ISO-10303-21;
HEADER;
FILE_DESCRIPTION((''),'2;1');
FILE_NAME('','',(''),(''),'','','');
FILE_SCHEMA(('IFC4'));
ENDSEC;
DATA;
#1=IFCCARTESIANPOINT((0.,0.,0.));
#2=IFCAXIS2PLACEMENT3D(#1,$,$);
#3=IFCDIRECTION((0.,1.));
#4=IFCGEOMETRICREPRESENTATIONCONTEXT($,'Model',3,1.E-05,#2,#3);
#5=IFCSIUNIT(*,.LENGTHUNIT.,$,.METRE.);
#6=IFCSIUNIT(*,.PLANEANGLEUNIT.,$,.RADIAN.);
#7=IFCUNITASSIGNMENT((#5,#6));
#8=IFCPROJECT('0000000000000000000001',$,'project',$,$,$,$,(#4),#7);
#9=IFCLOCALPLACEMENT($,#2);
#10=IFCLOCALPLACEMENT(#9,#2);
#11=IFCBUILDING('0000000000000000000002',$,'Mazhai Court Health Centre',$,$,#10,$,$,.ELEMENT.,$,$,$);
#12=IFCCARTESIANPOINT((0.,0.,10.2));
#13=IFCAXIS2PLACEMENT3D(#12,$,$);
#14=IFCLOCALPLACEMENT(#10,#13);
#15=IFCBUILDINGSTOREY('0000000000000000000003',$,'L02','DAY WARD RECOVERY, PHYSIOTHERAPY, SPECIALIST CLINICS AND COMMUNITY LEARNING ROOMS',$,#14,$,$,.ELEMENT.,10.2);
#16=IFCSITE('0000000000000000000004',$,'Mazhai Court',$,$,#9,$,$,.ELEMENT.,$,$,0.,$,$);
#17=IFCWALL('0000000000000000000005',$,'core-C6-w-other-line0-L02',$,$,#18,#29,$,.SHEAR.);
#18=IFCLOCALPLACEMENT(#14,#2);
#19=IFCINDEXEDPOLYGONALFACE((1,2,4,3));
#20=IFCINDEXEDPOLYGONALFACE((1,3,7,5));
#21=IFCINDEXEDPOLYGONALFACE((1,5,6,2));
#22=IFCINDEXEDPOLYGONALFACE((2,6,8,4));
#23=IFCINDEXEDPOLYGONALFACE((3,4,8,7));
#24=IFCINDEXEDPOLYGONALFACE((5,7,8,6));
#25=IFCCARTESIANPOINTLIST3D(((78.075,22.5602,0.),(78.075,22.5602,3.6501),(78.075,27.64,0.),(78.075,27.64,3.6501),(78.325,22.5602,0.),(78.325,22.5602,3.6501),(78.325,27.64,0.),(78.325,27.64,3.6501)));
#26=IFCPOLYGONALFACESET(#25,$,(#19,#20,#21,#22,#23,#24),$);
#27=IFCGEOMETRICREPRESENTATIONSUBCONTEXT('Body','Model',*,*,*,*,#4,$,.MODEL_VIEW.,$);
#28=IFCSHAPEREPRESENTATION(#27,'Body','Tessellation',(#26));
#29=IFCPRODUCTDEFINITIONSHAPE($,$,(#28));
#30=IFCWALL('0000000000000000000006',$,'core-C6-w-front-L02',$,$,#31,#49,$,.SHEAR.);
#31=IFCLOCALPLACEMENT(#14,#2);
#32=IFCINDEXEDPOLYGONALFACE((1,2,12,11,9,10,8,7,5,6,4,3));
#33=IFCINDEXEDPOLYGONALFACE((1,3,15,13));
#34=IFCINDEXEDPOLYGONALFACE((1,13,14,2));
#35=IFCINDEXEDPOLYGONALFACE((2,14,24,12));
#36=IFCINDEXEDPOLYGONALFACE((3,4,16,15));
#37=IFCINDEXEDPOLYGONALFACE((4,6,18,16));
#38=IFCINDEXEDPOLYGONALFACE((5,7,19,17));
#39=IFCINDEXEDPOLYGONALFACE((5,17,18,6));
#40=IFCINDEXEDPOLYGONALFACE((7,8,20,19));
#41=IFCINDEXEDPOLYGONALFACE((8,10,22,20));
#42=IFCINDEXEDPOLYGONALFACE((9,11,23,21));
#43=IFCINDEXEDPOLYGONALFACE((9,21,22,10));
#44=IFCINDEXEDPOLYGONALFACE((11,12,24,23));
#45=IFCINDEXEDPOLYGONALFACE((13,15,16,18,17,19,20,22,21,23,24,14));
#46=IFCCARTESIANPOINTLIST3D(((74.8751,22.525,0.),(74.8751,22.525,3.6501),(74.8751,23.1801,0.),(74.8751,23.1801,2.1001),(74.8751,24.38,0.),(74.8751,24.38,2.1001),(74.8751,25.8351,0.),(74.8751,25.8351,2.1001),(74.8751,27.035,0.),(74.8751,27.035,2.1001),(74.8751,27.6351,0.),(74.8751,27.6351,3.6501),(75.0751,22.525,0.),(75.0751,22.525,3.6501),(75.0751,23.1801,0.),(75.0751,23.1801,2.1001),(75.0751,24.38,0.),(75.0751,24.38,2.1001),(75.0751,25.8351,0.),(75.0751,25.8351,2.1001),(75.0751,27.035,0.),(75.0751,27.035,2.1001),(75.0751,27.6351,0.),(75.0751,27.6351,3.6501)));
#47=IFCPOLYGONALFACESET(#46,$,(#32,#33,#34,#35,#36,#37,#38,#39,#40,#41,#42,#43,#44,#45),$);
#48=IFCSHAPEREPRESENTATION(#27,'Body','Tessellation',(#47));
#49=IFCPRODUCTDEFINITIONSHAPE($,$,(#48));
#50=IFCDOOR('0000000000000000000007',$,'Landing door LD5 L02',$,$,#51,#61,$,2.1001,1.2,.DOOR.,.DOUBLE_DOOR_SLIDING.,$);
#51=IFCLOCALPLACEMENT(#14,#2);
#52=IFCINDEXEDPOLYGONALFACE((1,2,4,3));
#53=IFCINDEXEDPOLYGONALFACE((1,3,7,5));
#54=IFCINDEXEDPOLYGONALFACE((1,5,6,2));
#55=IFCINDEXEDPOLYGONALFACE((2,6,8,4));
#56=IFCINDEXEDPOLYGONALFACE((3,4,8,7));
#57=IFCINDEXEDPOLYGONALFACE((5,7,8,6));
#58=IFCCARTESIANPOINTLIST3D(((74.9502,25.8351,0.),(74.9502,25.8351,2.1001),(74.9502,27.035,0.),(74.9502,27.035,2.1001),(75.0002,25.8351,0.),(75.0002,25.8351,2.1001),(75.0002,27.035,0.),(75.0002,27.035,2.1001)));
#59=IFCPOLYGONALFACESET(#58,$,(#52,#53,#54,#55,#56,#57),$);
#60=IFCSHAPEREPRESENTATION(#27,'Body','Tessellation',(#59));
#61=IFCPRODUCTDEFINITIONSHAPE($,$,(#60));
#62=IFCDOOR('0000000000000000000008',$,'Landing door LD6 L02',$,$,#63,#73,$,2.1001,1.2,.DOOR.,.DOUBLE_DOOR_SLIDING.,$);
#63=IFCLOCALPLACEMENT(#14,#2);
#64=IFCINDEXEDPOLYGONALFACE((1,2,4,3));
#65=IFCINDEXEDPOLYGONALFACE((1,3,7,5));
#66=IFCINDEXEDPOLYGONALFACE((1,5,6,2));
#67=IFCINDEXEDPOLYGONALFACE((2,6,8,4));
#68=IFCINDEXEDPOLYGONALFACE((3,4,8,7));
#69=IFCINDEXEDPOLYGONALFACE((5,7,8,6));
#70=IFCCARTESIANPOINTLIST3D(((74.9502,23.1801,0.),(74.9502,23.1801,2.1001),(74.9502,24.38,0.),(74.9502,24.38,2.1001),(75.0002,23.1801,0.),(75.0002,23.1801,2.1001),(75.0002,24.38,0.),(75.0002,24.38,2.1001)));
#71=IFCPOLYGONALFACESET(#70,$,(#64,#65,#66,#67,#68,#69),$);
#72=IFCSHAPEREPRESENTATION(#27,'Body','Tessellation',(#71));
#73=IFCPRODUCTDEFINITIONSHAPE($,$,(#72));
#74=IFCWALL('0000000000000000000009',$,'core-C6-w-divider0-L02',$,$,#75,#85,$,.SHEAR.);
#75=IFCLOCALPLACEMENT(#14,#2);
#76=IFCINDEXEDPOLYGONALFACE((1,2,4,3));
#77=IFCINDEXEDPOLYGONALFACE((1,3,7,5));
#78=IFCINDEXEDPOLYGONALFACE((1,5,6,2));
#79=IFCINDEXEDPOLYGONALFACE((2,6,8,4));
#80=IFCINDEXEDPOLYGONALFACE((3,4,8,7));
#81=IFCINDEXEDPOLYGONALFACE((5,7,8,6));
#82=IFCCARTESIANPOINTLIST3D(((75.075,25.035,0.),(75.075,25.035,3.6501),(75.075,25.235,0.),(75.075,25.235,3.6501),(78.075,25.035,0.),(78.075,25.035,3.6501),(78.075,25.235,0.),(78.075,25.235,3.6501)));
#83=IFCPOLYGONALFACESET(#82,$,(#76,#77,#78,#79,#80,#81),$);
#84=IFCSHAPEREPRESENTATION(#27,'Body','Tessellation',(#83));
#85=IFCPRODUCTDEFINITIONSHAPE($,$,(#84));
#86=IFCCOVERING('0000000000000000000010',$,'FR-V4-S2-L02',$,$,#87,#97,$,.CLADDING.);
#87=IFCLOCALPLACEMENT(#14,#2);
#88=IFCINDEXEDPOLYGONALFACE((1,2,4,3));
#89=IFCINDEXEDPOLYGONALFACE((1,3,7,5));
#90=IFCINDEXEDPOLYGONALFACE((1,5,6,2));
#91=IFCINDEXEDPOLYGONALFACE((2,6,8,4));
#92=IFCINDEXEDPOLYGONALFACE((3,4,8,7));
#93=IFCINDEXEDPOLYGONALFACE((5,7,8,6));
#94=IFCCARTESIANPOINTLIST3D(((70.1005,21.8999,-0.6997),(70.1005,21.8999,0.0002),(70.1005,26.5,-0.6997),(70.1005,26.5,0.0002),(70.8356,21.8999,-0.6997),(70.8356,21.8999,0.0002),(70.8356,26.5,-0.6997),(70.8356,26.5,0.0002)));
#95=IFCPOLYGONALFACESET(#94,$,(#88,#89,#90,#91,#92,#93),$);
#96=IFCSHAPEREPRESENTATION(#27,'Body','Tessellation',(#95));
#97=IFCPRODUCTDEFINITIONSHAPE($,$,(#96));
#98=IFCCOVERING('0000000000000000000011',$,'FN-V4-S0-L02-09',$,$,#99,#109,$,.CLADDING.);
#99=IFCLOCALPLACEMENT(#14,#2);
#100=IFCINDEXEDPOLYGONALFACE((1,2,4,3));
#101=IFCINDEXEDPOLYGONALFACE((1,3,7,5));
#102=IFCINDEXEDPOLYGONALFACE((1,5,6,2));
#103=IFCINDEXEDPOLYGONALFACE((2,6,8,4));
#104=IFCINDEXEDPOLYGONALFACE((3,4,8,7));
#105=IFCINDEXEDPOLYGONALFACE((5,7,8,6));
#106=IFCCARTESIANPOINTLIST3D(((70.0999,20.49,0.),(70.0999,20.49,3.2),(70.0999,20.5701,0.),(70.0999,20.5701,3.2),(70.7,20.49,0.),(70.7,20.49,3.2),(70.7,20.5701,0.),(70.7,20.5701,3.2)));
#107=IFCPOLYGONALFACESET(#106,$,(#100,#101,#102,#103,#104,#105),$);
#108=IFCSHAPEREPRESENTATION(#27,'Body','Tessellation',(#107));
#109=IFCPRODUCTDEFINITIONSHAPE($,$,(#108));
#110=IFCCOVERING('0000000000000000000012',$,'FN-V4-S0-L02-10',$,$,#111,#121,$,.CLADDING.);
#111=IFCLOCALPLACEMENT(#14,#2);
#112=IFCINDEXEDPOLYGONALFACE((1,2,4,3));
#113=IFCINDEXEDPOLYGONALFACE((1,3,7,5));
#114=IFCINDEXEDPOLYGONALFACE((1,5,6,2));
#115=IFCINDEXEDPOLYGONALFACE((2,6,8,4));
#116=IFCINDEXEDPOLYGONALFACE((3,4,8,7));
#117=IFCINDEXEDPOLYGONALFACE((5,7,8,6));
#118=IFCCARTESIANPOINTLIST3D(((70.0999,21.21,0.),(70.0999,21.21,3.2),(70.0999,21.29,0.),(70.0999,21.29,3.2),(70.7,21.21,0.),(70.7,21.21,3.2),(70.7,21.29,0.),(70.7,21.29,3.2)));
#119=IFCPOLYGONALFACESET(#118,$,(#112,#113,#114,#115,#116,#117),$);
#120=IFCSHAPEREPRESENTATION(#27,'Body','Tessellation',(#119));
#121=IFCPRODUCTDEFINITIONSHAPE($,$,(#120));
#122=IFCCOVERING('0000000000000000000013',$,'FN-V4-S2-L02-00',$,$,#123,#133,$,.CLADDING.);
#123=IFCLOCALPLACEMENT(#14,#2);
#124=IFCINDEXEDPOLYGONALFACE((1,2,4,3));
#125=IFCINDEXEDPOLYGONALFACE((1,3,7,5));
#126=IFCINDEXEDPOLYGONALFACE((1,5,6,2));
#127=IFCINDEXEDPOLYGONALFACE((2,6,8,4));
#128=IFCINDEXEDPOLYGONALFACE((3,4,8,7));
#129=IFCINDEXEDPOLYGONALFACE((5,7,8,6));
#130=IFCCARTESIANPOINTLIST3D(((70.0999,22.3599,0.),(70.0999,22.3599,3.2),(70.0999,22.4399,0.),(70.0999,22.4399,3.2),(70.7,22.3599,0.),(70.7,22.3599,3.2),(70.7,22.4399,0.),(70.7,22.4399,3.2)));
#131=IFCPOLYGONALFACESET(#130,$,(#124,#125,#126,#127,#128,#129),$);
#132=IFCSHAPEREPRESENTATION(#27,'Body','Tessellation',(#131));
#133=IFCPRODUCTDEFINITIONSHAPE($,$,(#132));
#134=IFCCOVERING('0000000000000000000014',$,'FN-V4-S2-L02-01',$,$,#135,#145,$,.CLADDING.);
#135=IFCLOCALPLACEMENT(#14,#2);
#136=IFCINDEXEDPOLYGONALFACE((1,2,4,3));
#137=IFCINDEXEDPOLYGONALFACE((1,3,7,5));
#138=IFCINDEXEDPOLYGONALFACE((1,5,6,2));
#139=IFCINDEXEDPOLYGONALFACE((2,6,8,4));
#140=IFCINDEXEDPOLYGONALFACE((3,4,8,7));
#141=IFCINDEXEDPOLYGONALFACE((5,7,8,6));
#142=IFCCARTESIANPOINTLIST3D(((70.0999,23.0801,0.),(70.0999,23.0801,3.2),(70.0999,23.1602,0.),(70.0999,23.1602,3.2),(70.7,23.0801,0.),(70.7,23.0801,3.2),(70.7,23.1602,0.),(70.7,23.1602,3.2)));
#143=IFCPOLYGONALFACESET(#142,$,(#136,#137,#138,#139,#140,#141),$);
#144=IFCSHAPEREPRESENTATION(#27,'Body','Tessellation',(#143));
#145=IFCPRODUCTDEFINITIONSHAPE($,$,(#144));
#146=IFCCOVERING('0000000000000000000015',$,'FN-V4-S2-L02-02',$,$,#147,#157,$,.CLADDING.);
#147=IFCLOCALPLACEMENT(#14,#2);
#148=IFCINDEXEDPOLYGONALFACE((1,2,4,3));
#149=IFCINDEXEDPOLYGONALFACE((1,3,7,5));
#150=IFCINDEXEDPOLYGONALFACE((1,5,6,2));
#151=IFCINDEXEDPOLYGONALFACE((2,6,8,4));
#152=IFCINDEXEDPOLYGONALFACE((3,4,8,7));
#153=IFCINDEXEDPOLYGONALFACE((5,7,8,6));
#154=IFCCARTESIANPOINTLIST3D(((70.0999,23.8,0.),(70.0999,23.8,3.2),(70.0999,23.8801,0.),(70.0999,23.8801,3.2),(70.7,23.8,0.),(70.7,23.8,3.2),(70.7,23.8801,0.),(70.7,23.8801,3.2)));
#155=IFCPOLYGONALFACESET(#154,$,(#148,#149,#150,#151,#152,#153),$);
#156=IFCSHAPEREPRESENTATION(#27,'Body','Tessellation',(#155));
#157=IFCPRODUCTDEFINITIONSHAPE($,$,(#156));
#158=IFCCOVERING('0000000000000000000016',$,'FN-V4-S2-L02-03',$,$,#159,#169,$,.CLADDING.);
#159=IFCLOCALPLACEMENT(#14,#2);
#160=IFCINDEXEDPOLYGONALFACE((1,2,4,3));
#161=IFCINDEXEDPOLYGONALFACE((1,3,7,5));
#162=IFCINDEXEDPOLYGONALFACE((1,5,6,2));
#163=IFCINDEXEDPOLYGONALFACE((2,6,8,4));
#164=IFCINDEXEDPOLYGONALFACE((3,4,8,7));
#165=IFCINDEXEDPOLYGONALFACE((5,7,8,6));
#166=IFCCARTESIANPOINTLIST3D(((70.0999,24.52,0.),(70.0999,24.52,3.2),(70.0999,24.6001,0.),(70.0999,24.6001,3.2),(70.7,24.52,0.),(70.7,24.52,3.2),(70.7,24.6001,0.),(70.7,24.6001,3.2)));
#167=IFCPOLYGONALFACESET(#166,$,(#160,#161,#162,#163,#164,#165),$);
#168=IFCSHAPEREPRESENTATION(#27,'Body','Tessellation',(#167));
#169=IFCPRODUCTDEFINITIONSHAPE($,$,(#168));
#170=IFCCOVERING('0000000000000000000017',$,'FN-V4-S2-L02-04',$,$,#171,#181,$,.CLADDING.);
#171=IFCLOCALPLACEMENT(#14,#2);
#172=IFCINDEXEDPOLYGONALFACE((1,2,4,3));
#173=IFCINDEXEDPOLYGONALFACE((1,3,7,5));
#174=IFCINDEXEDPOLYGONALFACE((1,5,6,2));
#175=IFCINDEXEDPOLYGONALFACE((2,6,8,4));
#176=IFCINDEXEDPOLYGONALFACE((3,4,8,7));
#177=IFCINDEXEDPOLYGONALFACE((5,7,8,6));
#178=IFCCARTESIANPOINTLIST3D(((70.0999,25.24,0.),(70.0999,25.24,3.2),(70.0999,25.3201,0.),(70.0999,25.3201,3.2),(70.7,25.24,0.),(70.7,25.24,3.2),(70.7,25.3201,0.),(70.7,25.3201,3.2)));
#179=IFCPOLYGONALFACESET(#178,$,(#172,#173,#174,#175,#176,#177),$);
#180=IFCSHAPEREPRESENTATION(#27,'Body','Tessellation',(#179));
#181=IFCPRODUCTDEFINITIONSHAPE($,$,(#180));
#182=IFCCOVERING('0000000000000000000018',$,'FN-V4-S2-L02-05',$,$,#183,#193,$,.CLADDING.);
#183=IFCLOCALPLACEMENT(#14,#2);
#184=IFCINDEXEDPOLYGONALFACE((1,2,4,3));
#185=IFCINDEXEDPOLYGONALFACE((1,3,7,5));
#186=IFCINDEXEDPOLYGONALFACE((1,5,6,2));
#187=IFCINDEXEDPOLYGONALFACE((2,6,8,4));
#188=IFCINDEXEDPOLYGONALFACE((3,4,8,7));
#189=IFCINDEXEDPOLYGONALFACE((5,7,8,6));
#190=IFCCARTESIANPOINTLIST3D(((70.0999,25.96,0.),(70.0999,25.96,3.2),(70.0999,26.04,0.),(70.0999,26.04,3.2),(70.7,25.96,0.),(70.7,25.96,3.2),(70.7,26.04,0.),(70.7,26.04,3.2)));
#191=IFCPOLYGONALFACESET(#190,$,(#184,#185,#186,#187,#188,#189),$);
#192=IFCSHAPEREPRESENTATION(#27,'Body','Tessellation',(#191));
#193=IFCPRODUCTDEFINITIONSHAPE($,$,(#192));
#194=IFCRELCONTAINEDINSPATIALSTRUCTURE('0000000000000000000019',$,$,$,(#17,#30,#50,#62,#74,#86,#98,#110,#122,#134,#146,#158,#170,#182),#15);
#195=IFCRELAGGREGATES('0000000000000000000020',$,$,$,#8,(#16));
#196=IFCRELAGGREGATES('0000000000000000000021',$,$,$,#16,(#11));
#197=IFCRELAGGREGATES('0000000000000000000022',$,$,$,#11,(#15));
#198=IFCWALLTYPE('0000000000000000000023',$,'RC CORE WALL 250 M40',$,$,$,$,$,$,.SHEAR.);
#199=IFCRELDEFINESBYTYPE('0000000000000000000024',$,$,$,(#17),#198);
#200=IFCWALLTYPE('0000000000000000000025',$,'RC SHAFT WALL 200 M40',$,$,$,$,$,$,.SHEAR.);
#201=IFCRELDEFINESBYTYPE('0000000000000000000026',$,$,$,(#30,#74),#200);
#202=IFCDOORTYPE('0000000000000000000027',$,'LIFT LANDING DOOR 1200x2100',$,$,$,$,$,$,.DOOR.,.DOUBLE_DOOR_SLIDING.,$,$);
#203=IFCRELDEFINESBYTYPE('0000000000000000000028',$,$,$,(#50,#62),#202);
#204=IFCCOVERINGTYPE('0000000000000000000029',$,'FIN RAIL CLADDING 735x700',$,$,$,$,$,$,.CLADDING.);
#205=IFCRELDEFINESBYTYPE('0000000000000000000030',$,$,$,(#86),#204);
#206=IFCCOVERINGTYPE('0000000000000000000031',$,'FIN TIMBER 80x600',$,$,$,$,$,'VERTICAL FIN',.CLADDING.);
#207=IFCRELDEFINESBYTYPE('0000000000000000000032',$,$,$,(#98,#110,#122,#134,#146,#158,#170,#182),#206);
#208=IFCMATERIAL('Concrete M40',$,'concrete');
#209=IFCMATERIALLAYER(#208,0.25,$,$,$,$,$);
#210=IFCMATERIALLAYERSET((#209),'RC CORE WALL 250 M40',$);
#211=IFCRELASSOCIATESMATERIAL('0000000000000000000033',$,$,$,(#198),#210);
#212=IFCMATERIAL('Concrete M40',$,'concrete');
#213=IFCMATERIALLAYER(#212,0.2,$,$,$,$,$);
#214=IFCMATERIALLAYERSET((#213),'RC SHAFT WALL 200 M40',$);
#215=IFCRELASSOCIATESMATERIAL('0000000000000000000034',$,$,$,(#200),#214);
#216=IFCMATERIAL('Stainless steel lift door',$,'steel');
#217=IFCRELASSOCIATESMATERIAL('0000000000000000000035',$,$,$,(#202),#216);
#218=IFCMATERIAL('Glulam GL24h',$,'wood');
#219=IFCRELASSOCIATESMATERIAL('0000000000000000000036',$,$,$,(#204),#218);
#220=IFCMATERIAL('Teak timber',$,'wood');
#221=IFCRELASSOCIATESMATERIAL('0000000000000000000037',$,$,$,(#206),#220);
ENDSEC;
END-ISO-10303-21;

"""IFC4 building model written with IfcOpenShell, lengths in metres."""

from ifc_helpers import new_model, si_unit, direction, frame, frame_2d, origin, origin_2d, place, context, subcontext, project, spatial, rectangle, extrude, material, layer, layer_set, type_object, element, fill, save


model = new_model("IFC4")

# Units and contexts
model_context = context("Model", 3, precision=1e-05, world=origin(), true_north=direction((0.0, 1.0)))
body_context = subcontext(model_context, "Body", "Model", "MODEL_VIEW")
ifc_project = project(units=[si_unit("LENGTHUNIT", "METRE"), si_unit("PLANEANGLEUNIT", "RADIAN")], contexts=[model_context])

# Site, building, storey
site_placement = place(None, origin())
site = spatial("IfcSite", under=ifc_project, at=site_placement, Name="Mazhai Court", CompositionType="ELEMENT", RefElevation=0.0)
building_placement = place(site_placement, origin())
building = spatial("IfcBuilding", under=site, at=building_placement, Name="Mazhai Court Health Centre", CompositionType="ELEMENT")
storey_placement = place(building_placement, frame((0.0, 0.0, 10.2)))
storey = spatial("IfcBuildingStorey", under=building, at=storey_placement, Name="L02", Description="DAY WARD RECOVERY, PHYSIOTHERAPY, SPECIALIST CLINICS AND COMMUNITY LEARNING ROOMS", CompositionType="ELEMENT", Elevation=10.2)

# Shared definitions
ifc_material_1 = material(Name="Concrete M40", Category="concrete")
ifc_layer_1 = layer(ifc_material_1, 0.25)
ifc_layer_set_1 = layer_set([ifc_layer_1], Name="RC CORE WALL 250 M40")
wall_type_1 = type_object("IfcWallType", Name="RC CORE WALL 250 M40", PredefinedType="SHEAR", material=ifc_layer_set_1)

# Wall
wall_1_placement = place(storey_placement, frame((78.2, 22.5601, 0.0), z_axis=(0.0, 0.0, 1.0), x_axis=(0.0, 1.0, 0.0)))
element("IfcWall", 1, at=wall_1_placement, inside=storey, type_object=wall_type_1, Name="core-C6-w-other-line0-L02", PredefinedType="SHEAR", context=body_context, shape_type="SweptSolid", body=[
    extrude(rectangle(XDim=5.0798, YDim=0.25, at=frame_2d((2.54, 0.0))), origin(), (0.0, 0.0, 1.0), 3.6501),
])

# Wall, openings, doors
ifc_material_2 = material(Name="Concrete M40", Category="concrete")
ifc_layer_2 = layer(ifc_material_2, 0.2)
ifc_layer_set_2 = layer_set([ifc_layer_2], Name="RC SHAFT WALL 200 M40")
wall_type_2 = type_object("IfcWallType", Name="RC SHAFT WALL 200 M40", PredefinedType="SHEAR", material=ifc_layer_set_2)
wall_2_placement = place(storey_placement, frame((74.9751, 22.5249, 0.0), z_axis=(0.0, 0.0, 1.0), x_axis=(0.0, 1.0, 0.0)))
wall_2 = element("IfcWall", 2, at=wall_2_placement, inside=storey, type_object=wall_type_2, Name="core-C6-w-front-L02", PredefinedType="SHEAR", context=body_context, shape_type="SweptSolid", body=[
    extrude(rectangle(XDim=5.1101, YDim=0.2, at=frame_2d((2.5552, 0.0))), origin(), (0.0, 0.0, 1.0), 3.6501),
])
opening_1_placement = place(wall_2_placement, frame((3.3101, 0.0, 0.0)))
opening_1 = element("IfcOpeningElement", 3, at=opening_1_placement, cuts=wall_2, PredefinedType="OPENING", context=body_context, shape_type="SweptSolid", body=[
    extrude(rectangle(XDim=1.2, YDim=2.1001, at=frame_2d((0.6001, 1.05))), frame((0.0, 0.1099, 0.0), z_axis=(0.0, -1.0, 0.0), x_axis=(1.0, 0.0, 0.0)), (0.0, 0.0, 1.0), 0.22),
])
opening_2_placement = place(wall_2_placement, frame((0.655, 0.0, 0.0)))
opening_2 = element("IfcOpeningElement", 4, at=opening_2_placement, cuts=wall_2, PredefinedType="OPENING", context=body_context, shape_type="SweptSolid", body=[
    extrude(rectangle(XDim=1.2, YDim=2.1001, at=frame_2d((0.6001, 1.05))), frame((0.0, 0.1099, 0.0), z_axis=(0.0, -1.0, 0.0), x_axis=(1.0, 0.0, 0.0)), (0.0, 0.0, 1.0), 0.22),
])
ifc_material_3 = material(Name="Stainless steel lift door", Category="steel")
door_type_1 = type_object("IfcDoorType", Name="LIFT LANDING DOOR 1200x2100", OperationType="DOUBLE_DOOR_SLIDING", PredefinedType="DOOR", material=ifc_material_3)
door_1_placement = place(opening_1_placement, origin())
door_1 = element("IfcDoor", 5, at=door_1_placement, inside=storey, type_object=door_type_1, Name="Landing door LD5 L02", OperationType="DOUBLE_DOOR_SLIDING", OverallHeight=2.1001, OverallWidth=1.2, PredefinedType="DOOR", context=body_context, shape_type="SweptSolid", body=[
    extrude(rectangle(XDim=1.2, YDim=2.1001, at=frame_2d((0.6001, 1.05))), frame((0.0, 0.0249, 0.0), z_axis=(0.0, -1.0, 0.0), x_axis=(1.0, 0.0, 0.0)), (0.0, 0.0, 1.0), 0.05),
])
fill(opening_1, door_1)
door_2_placement = place(opening_2_placement, origin())
door_2 = element("IfcDoor", 6, at=door_2_placement, inside=storey, type_object=door_type_1, Name="Landing door LD6 L02", OperationType="DOUBLE_DOOR_SLIDING", OverallHeight=2.1001, OverallWidth=1.2, PredefinedType="DOOR", context=body_context, shape_type="SweptSolid", body=[
    extrude(rectangle(XDim=1.2, YDim=2.1001, at=frame_2d((0.6001, 1.05))), frame((0.0, 0.0249, 0.0), z_axis=(0.0, -1.0, 0.0), x_axis=(1.0, 0.0, 0.0)), (0.0, 0.0, 1.0), 0.05),
])
fill(opening_2, door_2)

# Wall
wall_3_placement = place(storey_placement, frame((78.075, 25.135, 0.0), z_axis=(0.0, 0.0, 1.0), x_axis=(-1.0, 0.0, 0.0)))
element("IfcWall", 7, at=wall_3_placement, inside=storey, type_object=wall_type_2, Name="core-C6-w-divider0-L02", PredefinedType="SHEAR", context=body_context, shape_type="SweptSolid", body=[
    extrude(rectangle(XDim=3.0, YDim=0.2, at=frame_2d((1.5, 0.0))), origin(), (0.0, 0.0, 1.0), 3.6501),
])

# Coverings
ifc_material_4 = material(Name="Glulam GL24h", Category="wood")
covering_type_1 = type_object("IfcCoveringType", Name="FIN RAIL CLADDING 735x700", PredefinedType="CLADDING", material=ifc_material_4)
covering_placement = place(storey_placement, frame((70.468, 24.2, -0.6997), z_axis=(0.0, 0.0, 1.0), x_axis=(1.0, 0.0, 0.0)))
element("IfcCovering", 8, at=covering_placement, inside=storey, type_object=covering_type_1, Name="FR-V4-S2-L02", PredefinedType="CLADDING", context=body_context, shape_type="SweptSolid", body=[
    extrude(rectangle(XDim=0.7351, YDim=4.6001, at=origin_2d()), origin(), (0.0, 0.0, 1.0), 0.7),
])
ifc_material_5 = material(Name="Teak timber", Category="wood")
covering_type_2 = type_object("IfcCoveringType", Name="FIN TIMBER 80x600", ElementType="VERTICAL FIN", PredefinedType="CLADDING", material=ifc_material_5)
for number, where, z_axis, x_axis, name in (
    (9, (70.3999, 20.53, 0.0), (0.0, 0.0, 1.0), (0.0, 1.0, 0.0), "FN-V4-S0-L02-09"),
    (10, (70.3999, 21.25, 0.0), (0.0, 0.0, 1.0), (0.0, 1.0, 0.0), "FN-V4-S0-L02-10"),
    (11, (70.3999, 22.3999, 0.0), (0.0, 0.0, 1.0), (0.0, 1.0, 0.0), "FN-V4-S2-L02-00"),
    (12, (70.3999, 23.1201, 0.0), (0.0, 0.0, 1.0), (0.0, 1.0, 0.0), "FN-V4-S2-L02-01"),
    (13, (70.3999, 23.8401, 0.0), (0.0, 0.0, 1.0), (0.0, 1.0, 0.0), "FN-V4-S2-L02-02"),
    (14, (70.3999, 24.5601, 0.0), (0.0, 0.0, 1.0), (0.0, 1.0, 0.0), "FN-V4-S2-L02-03"),
    (15, (70.3999, 25.28, 0.0), (0.0, 0.0, 1.0), (0.0, 1.0, 0.0), "FN-V4-S2-L02-04"),
    (16, (70.3999, 26.0, 0.0), (0.0, 0.0, 1.0), (0.0, 1.0, 0.0), "FN-V4-S2-L02-05"),
):
    element("IfcCovering", number, at=place(storey_placement, frame(where, z_axis=z_axis, x_axis=x_axis)), inside=storey, type_object=covering_type_2, Name=name, PredefinedType="CLADDING", context=body_context, shape_type="SweptSolid", body=[
        extrude(rectangle(XDim=0.0801, YDim=0.6001, at=origin_2d()), origin(), (0.0, 0.0, 1.0), 3.2),
    ])

save(model, "model.ifc")
